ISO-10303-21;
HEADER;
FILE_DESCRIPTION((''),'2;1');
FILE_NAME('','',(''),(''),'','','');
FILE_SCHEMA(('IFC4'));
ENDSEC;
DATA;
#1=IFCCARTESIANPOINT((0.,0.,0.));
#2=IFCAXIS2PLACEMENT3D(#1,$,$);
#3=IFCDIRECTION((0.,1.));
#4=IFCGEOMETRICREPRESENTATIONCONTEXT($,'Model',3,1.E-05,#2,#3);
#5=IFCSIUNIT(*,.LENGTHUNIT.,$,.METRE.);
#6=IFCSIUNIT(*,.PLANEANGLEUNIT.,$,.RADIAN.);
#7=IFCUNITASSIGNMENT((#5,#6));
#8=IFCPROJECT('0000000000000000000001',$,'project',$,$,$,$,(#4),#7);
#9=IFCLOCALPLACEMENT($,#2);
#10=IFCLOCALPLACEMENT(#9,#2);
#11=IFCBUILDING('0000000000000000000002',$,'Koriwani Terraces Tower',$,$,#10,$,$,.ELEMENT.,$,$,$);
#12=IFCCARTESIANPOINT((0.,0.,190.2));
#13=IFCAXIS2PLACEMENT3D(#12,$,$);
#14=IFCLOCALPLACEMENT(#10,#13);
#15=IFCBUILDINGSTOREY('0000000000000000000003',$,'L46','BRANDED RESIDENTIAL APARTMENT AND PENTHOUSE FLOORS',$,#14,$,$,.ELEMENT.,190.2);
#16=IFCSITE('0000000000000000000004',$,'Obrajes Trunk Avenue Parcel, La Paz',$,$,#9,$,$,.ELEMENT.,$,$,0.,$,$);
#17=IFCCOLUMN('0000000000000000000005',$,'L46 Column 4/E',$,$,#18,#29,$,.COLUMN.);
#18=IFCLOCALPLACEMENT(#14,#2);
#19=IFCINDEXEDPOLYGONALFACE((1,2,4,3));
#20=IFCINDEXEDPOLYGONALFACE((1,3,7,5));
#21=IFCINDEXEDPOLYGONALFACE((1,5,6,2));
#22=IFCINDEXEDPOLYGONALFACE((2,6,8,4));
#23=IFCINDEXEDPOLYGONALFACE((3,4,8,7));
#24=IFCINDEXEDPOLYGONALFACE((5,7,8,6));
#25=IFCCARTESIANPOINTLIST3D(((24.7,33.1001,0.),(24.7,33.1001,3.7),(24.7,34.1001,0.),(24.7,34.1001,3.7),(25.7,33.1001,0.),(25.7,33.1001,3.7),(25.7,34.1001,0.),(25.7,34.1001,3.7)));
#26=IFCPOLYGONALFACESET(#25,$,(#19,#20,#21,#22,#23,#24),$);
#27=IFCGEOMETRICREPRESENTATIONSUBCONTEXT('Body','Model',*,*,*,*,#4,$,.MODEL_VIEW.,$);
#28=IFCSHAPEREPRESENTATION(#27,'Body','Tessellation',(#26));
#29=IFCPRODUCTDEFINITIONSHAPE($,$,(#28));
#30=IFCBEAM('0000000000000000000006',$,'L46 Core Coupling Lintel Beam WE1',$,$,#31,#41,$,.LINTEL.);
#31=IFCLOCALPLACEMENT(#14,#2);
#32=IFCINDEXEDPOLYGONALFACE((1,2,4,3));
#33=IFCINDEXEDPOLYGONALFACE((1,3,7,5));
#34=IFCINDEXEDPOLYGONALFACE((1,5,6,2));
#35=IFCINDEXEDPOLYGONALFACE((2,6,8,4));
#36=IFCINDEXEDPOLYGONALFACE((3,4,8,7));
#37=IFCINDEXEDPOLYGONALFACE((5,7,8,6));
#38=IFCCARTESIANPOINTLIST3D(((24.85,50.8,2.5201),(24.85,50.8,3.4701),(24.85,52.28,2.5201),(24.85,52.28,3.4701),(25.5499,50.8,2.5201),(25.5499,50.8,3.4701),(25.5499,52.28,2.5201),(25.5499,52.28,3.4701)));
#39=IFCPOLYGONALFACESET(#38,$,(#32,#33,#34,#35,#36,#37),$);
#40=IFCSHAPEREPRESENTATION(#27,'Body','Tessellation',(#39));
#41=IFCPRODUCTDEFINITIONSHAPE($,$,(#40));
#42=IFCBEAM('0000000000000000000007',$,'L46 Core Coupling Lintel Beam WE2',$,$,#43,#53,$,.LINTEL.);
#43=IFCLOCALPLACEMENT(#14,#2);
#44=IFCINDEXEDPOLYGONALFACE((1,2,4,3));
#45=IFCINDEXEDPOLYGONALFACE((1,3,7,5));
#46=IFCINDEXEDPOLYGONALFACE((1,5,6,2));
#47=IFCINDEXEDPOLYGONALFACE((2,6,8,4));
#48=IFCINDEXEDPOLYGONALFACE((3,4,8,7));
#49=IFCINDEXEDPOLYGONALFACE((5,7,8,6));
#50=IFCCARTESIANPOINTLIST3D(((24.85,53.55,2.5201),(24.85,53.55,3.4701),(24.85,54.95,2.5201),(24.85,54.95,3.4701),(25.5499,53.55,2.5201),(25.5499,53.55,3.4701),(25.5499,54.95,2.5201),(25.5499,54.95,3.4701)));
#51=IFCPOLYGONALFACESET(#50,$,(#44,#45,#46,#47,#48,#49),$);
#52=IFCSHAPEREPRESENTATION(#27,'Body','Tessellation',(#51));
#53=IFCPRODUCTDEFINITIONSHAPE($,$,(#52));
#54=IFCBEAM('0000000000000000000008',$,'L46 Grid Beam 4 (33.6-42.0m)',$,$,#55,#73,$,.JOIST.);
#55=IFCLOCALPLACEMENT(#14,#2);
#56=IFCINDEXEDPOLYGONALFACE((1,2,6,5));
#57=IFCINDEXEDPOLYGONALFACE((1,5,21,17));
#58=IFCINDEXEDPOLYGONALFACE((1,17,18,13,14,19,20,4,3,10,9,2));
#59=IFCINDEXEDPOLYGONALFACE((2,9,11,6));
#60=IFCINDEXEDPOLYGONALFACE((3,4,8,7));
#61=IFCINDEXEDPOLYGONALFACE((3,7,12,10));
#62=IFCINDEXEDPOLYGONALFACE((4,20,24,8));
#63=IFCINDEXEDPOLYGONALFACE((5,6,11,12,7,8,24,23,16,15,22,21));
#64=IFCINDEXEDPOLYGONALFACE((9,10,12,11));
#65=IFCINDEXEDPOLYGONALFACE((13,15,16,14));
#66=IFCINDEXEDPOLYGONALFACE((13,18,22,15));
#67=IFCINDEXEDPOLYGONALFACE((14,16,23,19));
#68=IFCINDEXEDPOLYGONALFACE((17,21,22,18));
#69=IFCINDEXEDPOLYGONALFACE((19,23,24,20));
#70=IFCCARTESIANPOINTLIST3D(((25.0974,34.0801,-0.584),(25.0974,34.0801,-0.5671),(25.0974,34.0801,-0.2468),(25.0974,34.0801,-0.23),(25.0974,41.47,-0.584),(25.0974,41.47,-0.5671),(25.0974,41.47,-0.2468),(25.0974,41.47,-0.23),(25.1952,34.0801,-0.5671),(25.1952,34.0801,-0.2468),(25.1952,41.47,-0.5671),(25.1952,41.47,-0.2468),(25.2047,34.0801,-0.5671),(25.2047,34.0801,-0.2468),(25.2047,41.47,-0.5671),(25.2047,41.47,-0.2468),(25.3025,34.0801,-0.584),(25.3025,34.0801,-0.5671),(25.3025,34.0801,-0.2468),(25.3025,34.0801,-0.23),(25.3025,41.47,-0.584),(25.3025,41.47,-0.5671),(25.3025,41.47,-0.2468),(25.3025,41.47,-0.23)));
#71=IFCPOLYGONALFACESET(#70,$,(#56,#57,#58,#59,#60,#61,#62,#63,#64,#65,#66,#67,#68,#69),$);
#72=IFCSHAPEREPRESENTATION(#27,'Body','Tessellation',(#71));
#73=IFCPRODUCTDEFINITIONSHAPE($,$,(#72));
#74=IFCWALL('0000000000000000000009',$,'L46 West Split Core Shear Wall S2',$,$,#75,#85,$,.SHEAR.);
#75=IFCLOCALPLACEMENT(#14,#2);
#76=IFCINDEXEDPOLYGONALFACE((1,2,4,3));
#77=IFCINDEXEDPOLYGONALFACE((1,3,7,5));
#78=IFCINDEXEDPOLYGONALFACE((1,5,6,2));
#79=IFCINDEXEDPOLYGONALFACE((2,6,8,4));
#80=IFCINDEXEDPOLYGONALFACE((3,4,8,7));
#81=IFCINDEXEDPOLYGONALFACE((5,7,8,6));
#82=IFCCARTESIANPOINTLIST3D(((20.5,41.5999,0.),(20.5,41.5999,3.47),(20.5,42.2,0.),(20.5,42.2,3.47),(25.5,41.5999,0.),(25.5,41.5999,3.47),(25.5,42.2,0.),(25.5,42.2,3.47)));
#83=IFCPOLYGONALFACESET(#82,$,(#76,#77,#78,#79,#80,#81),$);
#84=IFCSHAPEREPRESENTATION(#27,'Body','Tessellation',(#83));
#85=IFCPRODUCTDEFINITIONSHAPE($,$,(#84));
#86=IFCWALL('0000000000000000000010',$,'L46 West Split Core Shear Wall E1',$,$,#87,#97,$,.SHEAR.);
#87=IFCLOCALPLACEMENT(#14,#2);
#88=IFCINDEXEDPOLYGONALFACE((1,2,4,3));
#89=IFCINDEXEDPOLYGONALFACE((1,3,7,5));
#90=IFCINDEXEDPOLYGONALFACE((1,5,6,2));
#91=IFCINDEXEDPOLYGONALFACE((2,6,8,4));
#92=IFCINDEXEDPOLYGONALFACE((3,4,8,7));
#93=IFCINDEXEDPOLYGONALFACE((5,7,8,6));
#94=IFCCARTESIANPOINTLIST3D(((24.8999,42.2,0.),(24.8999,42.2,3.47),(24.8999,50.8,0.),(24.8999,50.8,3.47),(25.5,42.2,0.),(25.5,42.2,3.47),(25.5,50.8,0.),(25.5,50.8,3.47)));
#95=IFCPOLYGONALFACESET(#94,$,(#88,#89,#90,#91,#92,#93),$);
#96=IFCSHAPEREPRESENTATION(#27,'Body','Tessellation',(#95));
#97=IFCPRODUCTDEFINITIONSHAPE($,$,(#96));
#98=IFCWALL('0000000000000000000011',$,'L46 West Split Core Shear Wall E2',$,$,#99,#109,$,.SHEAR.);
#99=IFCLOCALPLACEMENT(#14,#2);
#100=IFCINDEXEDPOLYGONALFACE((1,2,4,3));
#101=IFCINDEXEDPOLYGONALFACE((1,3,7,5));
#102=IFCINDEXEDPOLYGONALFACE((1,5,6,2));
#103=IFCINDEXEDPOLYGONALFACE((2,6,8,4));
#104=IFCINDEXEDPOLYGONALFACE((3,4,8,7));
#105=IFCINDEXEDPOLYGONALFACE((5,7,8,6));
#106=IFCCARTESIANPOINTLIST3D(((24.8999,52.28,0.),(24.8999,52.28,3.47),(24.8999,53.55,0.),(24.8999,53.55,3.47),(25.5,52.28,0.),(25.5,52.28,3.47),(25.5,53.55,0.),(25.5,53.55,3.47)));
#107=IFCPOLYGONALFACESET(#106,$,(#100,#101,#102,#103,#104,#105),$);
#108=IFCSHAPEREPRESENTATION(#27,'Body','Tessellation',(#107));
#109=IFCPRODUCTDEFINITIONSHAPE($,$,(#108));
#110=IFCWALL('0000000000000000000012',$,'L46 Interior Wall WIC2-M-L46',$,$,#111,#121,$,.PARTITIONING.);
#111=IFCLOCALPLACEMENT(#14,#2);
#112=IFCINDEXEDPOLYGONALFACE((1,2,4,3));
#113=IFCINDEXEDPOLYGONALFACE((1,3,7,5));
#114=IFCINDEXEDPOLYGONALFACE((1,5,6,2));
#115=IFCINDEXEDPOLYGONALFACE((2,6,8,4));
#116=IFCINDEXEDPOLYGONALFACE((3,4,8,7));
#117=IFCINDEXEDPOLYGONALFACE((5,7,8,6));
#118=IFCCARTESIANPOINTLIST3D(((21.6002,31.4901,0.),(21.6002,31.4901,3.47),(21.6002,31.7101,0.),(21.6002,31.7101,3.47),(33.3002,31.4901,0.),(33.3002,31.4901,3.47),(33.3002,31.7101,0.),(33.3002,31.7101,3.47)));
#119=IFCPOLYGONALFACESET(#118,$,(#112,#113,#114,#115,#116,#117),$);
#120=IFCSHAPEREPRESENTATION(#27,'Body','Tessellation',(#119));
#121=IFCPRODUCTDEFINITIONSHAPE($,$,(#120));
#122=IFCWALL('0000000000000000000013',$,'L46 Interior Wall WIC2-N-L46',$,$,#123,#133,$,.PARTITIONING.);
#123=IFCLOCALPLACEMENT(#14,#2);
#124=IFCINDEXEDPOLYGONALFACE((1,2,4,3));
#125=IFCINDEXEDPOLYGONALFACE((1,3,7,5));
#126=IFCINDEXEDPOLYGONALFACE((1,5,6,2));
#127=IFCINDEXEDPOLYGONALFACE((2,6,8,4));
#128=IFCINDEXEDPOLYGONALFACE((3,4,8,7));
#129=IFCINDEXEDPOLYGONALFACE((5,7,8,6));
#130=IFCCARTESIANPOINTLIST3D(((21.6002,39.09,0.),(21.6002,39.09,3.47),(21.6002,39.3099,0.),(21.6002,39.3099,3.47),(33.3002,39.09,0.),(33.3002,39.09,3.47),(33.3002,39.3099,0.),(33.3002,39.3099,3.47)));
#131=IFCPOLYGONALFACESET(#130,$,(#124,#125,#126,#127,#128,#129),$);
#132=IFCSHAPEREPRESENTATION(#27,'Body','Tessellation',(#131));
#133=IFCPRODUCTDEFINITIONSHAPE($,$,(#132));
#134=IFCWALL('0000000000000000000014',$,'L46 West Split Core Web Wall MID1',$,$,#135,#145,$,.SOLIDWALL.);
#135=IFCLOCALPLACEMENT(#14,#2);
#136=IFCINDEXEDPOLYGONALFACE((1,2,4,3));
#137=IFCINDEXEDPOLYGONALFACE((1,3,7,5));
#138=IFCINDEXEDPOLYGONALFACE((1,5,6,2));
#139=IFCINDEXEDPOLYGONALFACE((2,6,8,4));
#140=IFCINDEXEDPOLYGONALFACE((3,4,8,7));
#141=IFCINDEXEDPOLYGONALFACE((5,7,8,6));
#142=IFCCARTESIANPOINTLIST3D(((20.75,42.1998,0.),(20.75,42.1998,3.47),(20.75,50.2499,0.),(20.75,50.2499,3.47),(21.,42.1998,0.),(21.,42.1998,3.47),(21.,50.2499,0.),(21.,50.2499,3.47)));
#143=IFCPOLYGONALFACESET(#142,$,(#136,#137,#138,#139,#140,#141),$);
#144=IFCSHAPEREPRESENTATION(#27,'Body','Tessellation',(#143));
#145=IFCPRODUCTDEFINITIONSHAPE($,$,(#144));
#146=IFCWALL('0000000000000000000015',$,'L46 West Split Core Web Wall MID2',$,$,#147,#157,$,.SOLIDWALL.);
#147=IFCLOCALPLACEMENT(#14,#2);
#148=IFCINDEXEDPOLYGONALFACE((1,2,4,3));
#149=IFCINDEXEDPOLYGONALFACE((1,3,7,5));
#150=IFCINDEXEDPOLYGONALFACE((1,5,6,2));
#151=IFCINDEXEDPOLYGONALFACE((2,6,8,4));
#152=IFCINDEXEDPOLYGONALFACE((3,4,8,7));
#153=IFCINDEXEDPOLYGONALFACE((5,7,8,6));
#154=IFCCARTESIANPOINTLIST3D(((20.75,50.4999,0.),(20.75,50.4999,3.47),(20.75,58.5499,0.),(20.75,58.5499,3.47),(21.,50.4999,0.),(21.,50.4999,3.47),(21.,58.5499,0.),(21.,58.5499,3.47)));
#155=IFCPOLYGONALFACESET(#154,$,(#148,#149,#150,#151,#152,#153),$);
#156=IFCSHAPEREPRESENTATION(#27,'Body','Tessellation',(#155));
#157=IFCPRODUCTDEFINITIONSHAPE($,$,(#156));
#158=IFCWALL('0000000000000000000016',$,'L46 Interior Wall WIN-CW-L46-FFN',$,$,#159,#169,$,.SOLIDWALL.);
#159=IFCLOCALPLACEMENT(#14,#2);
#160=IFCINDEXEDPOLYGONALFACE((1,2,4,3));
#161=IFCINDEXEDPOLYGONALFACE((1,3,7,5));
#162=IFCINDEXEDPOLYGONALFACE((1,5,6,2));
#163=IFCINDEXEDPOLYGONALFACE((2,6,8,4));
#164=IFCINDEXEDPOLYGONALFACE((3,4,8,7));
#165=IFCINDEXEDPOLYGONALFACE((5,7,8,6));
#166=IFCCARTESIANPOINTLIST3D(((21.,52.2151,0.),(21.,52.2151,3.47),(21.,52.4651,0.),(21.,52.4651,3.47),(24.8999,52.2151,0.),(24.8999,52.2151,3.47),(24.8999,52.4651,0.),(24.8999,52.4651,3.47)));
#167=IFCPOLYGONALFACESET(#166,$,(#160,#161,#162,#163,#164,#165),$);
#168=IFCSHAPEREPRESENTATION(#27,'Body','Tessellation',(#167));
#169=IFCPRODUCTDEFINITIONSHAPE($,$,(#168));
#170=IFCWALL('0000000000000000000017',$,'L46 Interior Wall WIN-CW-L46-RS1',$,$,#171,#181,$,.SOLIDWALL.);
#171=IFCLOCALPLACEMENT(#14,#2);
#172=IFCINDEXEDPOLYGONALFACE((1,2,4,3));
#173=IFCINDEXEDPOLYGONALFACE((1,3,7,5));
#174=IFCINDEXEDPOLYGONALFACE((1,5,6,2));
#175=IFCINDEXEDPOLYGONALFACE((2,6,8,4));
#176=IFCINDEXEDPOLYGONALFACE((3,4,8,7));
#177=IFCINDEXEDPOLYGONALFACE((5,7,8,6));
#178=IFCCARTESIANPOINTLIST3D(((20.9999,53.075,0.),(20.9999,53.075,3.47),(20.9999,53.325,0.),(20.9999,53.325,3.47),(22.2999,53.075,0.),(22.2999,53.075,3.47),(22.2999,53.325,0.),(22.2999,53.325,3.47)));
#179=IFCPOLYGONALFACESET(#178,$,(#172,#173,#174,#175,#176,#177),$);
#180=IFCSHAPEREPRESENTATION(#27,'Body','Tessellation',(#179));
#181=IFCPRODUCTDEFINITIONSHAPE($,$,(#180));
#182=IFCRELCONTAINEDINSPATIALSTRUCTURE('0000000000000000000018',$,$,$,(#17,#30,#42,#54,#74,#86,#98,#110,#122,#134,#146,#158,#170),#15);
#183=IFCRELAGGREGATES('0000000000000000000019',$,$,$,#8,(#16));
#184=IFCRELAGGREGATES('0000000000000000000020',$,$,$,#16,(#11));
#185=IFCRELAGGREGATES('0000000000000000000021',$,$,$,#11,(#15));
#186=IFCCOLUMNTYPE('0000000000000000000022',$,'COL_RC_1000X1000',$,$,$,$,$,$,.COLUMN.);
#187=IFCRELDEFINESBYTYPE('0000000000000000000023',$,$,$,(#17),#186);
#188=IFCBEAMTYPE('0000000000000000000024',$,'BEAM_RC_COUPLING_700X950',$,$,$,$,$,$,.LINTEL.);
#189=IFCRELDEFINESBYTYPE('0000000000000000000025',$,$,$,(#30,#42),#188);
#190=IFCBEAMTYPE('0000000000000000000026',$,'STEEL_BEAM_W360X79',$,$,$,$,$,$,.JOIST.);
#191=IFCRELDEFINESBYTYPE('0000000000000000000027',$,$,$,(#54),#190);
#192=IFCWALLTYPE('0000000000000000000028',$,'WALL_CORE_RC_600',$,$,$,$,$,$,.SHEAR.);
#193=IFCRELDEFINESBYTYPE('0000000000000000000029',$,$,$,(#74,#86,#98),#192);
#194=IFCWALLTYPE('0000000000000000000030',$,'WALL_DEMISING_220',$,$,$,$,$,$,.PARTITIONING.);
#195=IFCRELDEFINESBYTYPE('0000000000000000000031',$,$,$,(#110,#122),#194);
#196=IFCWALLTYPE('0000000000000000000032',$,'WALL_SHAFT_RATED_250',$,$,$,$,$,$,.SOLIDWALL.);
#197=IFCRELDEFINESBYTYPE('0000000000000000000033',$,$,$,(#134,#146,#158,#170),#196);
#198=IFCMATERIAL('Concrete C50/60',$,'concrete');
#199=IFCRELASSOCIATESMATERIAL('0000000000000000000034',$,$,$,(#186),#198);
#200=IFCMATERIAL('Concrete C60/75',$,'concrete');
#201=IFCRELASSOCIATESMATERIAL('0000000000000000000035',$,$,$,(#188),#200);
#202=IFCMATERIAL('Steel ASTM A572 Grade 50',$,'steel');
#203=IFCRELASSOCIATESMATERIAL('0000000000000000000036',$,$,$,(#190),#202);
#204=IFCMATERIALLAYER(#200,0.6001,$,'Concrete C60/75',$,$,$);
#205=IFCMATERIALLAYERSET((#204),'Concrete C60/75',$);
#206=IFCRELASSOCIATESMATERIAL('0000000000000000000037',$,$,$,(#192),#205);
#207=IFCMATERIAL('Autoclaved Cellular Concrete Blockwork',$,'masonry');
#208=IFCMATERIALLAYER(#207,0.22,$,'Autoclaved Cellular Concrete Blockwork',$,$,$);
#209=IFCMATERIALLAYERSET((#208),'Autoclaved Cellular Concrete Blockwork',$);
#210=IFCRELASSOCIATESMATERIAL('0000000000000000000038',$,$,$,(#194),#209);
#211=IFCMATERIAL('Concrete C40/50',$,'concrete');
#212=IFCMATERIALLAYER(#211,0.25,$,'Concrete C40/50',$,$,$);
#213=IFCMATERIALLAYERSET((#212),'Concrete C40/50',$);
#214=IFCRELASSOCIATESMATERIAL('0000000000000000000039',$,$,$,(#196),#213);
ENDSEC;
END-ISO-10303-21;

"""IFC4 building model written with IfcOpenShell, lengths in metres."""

from ifc_helpers import new_model, si_unit, direction, frame, frame_2d, origin, origin_2d, place, context, subcontext, project, spatial, rectangle, i_section, extrude, material, layer, layer_set, material_profile, profile_set, type_object, element, save


model = new_model("IFC4")

# Units and contexts
model_context = context("Model", 3, precision=1e-05, world=origin(), true_north=direction((0.0, 1.0)))
body_context = subcontext(model_context, "Body", "Model", "MODEL_VIEW")
ifc_project = project(units=[si_unit("LENGTHUNIT", "METRE"), si_unit("PLANEANGLEUNIT", "RADIAN")], contexts=[model_context])

# Site, building, storey
site_placement = place(None, origin())
site = spatial("IfcSite", under=ifc_project, at=site_placement, Name="Obrajes Trunk Avenue Parcel, La Paz", CompositionType="ELEMENT", RefElevation=0.0)
building_placement = place(site_placement, origin())
building = spatial("IfcBuilding", under=site, at=building_placement, Name="Koriwani Terraces Tower", CompositionType="ELEMENT")
storey_placement = place(building_placement, frame((0.0, 0.0, 190.2)))
storey = spatial("IfcBuildingStorey", under=building, at=storey_placement, Name="L46", Description="BRANDED RESIDENTIAL APARTMENT AND PENTHOUSE FLOORS", CompositionType="ELEMENT", Elevation=190.2)

# Column
ifc_material_1 = material(Name="Concrete C50/60", Category="concrete")
ifc_material_profile_1 = material_profile(ifc_material_1, rectangle(XDim=1.0, YDim=1.0, at=origin_2d()), Name="Concrete C50/60", Category="LoadBearing")
ifc_profile_set_1 = profile_set([ifc_material_profile_1], Name="Concrete C50/60")
column_type = type_object("IfcColumnType", Name="COL_RC_1000X1000", PredefinedType="COLUMN", material=ifc_profile_set_1)
column_placement = place(storey_placement, frame((25.2, 33.6001, 0.0), z_axis=(0.0, 0.0, 1.0), x_axis=(1.0, 0.0, 0.0)))
element("IfcColumn", 1, at=column_placement, inside=storey, type_object=column_type, Name="L46 Column 4/E", PredefinedType="COLUMN", context=body_context, shape_type="SweptSolid", body=[
    extrude(rectangle(XDim=1.0, YDim=1.0, at=origin_2d()), origin(), (0.0, 0.0, 1.0), 3.7),
])

# Beams
ifc_material_2 = material(Name="Concrete C60/75", Category="concrete")
ifc_material_profile_2 = material_profile(ifc_material_2, rectangle(XDim=0.7, YDim=0.95, at=origin_2d()), Name="Concrete C60/75", Category="LoadBearing")
ifc_profile_set_2 = profile_set([ifc_material_profile_2], Name="Concrete C60/75")
beam_type_1 = type_object("IfcBeamType", Name="BEAM_RC_COUPLING_700X950", PredefinedType="LINTEL", material=ifc_profile_set_2)
beam_1_placement = place(storey_placement, frame((25.2, 50.8, 2.9951), z_axis=(0.0, 1.0, 0.0), x_axis=(-1.0, 0.0, 0.0)))
element("IfcBeam", 2, at=beam_1_placement, inside=storey, type_object=beam_type_1, Name="L46 Core Coupling Lintel Beam WE1", PredefinedType="LINTEL", context=body_context, shape_type="SweptSolid", body=[
    extrude(rectangle(XDim=0.7, YDim=0.95, at=origin_2d()), origin(), (0.0, 0.0, 1.0), 1.48),
])
beam_2_placement = place(storey_placement, frame((25.2, 53.55, 2.9951), z_axis=(0.0, 1.0, 0.0), x_axis=(-1.0, 0.0, 0.0)))
element("IfcBeam", 3, at=beam_2_placement, inside=storey, type_object=beam_type_1, Name="L46 Core Coupling Lintel Beam WE2", PredefinedType="LINTEL", context=body_context, shape_type="SweptSolid", body=[
    extrude(rectangle(XDim=0.7, YDim=0.95, at=origin_2d()), origin(), (0.0, 0.0, 1.0), 1.3999),
])
ifc_material_3 = material(Name="Steel ASTM A572 Grade 50", Category="steel")
ifc_material_profile_3 = material_profile(ifc_material_3, i_section(OverallWidth=0.2051, OverallDepth=0.354, WebThickness=0.0095, FlangeThickness=0.0168, at=origin_2d()), Name="Steel ASTM A572 Grade 50", Category="LoadBearing")
ifc_profile_set_3 = profile_set([ifc_material_profile_3], Name="Steel ASTM A572 Grade 50")
beam_type_2 = type_object("IfcBeamType", Name="STEEL_BEAM_W360X79", PredefinedType="JOIST", material=ifc_profile_set_3)
beam_3_placement = place(storey_placement, frame((25.2, 34.0801, -0.407), z_axis=(0.0, 1.0, 0.0), x_axis=(-1.0, 0.0, 0.0)))
element("IfcBeam", 4, at=beam_3_placement, inside=storey, type_object=beam_type_2, Name="L46 Grid Beam 4 (33.6-42.0m)", PredefinedType="JOIST", context=body_context, shape_type="SweptSolid", body=[
    extrude(i_section(OverallWidth=0.2051, OverallDepth=0.354, WebThickness=0.0095, FlangeThickness=0.0168, at=origin_2d()), origin(), (0.0, 0.0, 1.0), 7.3899),
])

# Walls
ifc_layer_1 = layer(ifc_material_2, 0.6001, Name="Concrete C60/75")
ifc_layer_set_1 = layer_set([ifc_layer_1], Name="Concrete C60/75")
wall_type_1 = type_object("IfcWallType", Name="WALL_CORE_RC_600", PredefinedType="SHEAR", material=ifc_layer_set_1)
wall_1_placement = place(storey_placement, frame((20.5, 41.8999, 0.0), z_axis=(0.0, 0.0, 1.0), x_axis=(1.0, 0.0, 0.0)))
element("IfcWall", 5, at=wall_1_placement, inside=storey, type_object=wall_type_1, Name="L46 West Split Core Shear Wall S2", PredefinedType="SHEAR", context=body_context, shape_type="SweptSolid", body=[
    extrude(rectangle(XDim=5.0, YDim=0.6001, at=frame_2d((2.5, 0.0))), origin(), (0.0, 0.0, 1.0), 3.47),
])
wall_2_placement = place(storey_placement, frame((25.2, 42.2, 0.0), z_axis=(0.0, 0.0, 1.0), x_axis=(0.0, 1.0, 0.0)))
element("IfcWall", 6, at=wall_2_placement, inside=storey, type_object=wall_type_1, Name="L46 West Split Core Shear Wall E1", PredefinedType="SHEAR", context=body_context, shape_type="SweptSolid", body=[
    extrude(rectangle(XDim=8.6001, YDim=0.6001, at=frame_2d((4.3, 0.0))), origin(), (0.0, 0.0, 1.0), 3.47),
])
wall_3_placement = place(storey_placement, frame((25.2, 52.28, 0.0), z_axis=(0.0, 0.0, 1.0), x_axis=(0.0, 1.0, 0.0)))
element("IfcWall", 7, at=wall_3_placement, inside=storey, type_object=wall_type_1, Name="L46 West Split Core Shear Wall E2", PredefinedType="SHEAR", context=body_context, shape_type="SweptSolid", body=[
    extrude(rectangle(XDim=1.27, YDim=0.6001, at=frame_2d((0.635, 0.0))), origin(), (0.0, 0.0, 1.0), 3.47),
])
ifc_material_4 = material(Name="Autoclaved Cellular Concrete Blockwork", Category="masonry")
ifc_layer_2 = layer(ifc_material_4, 0.22, Name="Autoclaved Cellular Concrete Blockwork")
ifc_layer_set_2 = layer_set([ifc_layer_2], Name="Autoclaved Cellular Concrete Blockwork")
wall_type_2 = type_object("IfcWallType", Name="WALL_DEMISING_220", PredefinedType="PARTITIONING", material=ifc_layer_set_2)
for number, where, z_axis, x_axis, name in (
    (8, (21.6001, 31.6001, 0.0), (0.0, 0.0, 1.0), (1.0, 0.0, 0.0), "L46 Interior Wall WIC2-M-L46"),
    (9, (21.6001, 39.2, 0.0), (0.0, 0.0, 1.0), (1.0, 0.0, 0.0), "L46 Interior Wall WIC2-N-L46"),
):
    element("IfcWall", number, at=place(storey_placement, frame(where, z_axis=z_axis, x_axis=x_axis)), inside=storey, type_object=wall_type_2, Name=name, PredefinedType="PARTITIONING", context=body_context, shape_type="SweptSolid", body=[
        extrude(rectangle(XDim=11.7, YDim=0.22, at=frame_2d((5.8501, 0.0))), origin(), (0.0, 0.0, 1.0), 3.47),
    ])
ifc_material_5 = material(Name="Concrete C40/50", Category="concrete")
ifc_layer_3 = layer(ifc_material_5, 0.25, Name="Concrete C40/50")
ifc_layer_set_3 = layer_set([ifc_layer_3], Name="Concrete C40/50")
wall_type_3 = type_object("IfcWallType", Name="WALL_SHAFT_RATED_250", PredefinedType="SOLIDWALL", material=ifc_layer_set_3)
for number, where, z_axis, x_axis, name in (
    (10, (20.875, 42.2, 0.0), (0.0, 0.0, 1.0), (0.0, 1.0, 0.0), "L46 West Split Core Web Wall MID1"),
    (11, (20.875, 50.5, 0.0), (0.0, 0.0, 1.0), (0.0, 1.0, 0.0), "L46 West Split Core Web Wall MID2"),
):
    element("IfcWall", number, at=place(storey_placement, frame(where, z_axis=z_axis, x_axis=x_axis)), inside=storey, type_object=wall_type_3, Name=name, PredefinedType="SOLIDWALL", context=body_context, shape_type="SweptSolid", body=[
        extrude(rectangle(XDim=8.05, YDim=0.25, at=frame_2d((4.0249, 0.0))), origin(), (0.0, 0.0, 1.0), 3.47),
    ])

# Wall
wall_4_placement = place(storey_placement, frame((21.0, 52.3401, 0.0), z_axis=(0.0, 0.0, 1.0), x_axis=(1.0, 0.0, 0.0)))
element("IfcWall", 12, at=wall_4_placement, inside=storey, type_object=wall_type_3, Name="L46 Interior Wall WIN-CW-L46-FFN", PredefinedType="SOLIDWALL", context=body_context, shape_type="SweptSolid", body=[
    extrude(rectangle(XDim=3.8999, YDim=0.25, at=frame_2d((1.95, 0.0))), origin(), (0.0, 0.0, 1.0), 3.47),
])

# Wall
wall_5_placement = place(storey_placement, frame((21.0, 53.2, 0.0), z_axis=(0.0, 0.0, 1.0), x_axis=(1.0, 0.0, 0.0)))
element("IfcWall", 13, at=wall_5_placement, inside=storey, type_object=wall_type_3, Name="L46 Interior Wall WIN-CW-L46-RS1", PredefinedType="SOLIDWALL", context=body_context, shape_type="SweptSolid", body=[
    extrude(rectangle(XDim=1.3, YDim=0.25, at=frame_2d((0.6499, 0.0))), origin(), (0.0, 0.0, 1.0), 3.47),
])

save(model, "model.ifc")
